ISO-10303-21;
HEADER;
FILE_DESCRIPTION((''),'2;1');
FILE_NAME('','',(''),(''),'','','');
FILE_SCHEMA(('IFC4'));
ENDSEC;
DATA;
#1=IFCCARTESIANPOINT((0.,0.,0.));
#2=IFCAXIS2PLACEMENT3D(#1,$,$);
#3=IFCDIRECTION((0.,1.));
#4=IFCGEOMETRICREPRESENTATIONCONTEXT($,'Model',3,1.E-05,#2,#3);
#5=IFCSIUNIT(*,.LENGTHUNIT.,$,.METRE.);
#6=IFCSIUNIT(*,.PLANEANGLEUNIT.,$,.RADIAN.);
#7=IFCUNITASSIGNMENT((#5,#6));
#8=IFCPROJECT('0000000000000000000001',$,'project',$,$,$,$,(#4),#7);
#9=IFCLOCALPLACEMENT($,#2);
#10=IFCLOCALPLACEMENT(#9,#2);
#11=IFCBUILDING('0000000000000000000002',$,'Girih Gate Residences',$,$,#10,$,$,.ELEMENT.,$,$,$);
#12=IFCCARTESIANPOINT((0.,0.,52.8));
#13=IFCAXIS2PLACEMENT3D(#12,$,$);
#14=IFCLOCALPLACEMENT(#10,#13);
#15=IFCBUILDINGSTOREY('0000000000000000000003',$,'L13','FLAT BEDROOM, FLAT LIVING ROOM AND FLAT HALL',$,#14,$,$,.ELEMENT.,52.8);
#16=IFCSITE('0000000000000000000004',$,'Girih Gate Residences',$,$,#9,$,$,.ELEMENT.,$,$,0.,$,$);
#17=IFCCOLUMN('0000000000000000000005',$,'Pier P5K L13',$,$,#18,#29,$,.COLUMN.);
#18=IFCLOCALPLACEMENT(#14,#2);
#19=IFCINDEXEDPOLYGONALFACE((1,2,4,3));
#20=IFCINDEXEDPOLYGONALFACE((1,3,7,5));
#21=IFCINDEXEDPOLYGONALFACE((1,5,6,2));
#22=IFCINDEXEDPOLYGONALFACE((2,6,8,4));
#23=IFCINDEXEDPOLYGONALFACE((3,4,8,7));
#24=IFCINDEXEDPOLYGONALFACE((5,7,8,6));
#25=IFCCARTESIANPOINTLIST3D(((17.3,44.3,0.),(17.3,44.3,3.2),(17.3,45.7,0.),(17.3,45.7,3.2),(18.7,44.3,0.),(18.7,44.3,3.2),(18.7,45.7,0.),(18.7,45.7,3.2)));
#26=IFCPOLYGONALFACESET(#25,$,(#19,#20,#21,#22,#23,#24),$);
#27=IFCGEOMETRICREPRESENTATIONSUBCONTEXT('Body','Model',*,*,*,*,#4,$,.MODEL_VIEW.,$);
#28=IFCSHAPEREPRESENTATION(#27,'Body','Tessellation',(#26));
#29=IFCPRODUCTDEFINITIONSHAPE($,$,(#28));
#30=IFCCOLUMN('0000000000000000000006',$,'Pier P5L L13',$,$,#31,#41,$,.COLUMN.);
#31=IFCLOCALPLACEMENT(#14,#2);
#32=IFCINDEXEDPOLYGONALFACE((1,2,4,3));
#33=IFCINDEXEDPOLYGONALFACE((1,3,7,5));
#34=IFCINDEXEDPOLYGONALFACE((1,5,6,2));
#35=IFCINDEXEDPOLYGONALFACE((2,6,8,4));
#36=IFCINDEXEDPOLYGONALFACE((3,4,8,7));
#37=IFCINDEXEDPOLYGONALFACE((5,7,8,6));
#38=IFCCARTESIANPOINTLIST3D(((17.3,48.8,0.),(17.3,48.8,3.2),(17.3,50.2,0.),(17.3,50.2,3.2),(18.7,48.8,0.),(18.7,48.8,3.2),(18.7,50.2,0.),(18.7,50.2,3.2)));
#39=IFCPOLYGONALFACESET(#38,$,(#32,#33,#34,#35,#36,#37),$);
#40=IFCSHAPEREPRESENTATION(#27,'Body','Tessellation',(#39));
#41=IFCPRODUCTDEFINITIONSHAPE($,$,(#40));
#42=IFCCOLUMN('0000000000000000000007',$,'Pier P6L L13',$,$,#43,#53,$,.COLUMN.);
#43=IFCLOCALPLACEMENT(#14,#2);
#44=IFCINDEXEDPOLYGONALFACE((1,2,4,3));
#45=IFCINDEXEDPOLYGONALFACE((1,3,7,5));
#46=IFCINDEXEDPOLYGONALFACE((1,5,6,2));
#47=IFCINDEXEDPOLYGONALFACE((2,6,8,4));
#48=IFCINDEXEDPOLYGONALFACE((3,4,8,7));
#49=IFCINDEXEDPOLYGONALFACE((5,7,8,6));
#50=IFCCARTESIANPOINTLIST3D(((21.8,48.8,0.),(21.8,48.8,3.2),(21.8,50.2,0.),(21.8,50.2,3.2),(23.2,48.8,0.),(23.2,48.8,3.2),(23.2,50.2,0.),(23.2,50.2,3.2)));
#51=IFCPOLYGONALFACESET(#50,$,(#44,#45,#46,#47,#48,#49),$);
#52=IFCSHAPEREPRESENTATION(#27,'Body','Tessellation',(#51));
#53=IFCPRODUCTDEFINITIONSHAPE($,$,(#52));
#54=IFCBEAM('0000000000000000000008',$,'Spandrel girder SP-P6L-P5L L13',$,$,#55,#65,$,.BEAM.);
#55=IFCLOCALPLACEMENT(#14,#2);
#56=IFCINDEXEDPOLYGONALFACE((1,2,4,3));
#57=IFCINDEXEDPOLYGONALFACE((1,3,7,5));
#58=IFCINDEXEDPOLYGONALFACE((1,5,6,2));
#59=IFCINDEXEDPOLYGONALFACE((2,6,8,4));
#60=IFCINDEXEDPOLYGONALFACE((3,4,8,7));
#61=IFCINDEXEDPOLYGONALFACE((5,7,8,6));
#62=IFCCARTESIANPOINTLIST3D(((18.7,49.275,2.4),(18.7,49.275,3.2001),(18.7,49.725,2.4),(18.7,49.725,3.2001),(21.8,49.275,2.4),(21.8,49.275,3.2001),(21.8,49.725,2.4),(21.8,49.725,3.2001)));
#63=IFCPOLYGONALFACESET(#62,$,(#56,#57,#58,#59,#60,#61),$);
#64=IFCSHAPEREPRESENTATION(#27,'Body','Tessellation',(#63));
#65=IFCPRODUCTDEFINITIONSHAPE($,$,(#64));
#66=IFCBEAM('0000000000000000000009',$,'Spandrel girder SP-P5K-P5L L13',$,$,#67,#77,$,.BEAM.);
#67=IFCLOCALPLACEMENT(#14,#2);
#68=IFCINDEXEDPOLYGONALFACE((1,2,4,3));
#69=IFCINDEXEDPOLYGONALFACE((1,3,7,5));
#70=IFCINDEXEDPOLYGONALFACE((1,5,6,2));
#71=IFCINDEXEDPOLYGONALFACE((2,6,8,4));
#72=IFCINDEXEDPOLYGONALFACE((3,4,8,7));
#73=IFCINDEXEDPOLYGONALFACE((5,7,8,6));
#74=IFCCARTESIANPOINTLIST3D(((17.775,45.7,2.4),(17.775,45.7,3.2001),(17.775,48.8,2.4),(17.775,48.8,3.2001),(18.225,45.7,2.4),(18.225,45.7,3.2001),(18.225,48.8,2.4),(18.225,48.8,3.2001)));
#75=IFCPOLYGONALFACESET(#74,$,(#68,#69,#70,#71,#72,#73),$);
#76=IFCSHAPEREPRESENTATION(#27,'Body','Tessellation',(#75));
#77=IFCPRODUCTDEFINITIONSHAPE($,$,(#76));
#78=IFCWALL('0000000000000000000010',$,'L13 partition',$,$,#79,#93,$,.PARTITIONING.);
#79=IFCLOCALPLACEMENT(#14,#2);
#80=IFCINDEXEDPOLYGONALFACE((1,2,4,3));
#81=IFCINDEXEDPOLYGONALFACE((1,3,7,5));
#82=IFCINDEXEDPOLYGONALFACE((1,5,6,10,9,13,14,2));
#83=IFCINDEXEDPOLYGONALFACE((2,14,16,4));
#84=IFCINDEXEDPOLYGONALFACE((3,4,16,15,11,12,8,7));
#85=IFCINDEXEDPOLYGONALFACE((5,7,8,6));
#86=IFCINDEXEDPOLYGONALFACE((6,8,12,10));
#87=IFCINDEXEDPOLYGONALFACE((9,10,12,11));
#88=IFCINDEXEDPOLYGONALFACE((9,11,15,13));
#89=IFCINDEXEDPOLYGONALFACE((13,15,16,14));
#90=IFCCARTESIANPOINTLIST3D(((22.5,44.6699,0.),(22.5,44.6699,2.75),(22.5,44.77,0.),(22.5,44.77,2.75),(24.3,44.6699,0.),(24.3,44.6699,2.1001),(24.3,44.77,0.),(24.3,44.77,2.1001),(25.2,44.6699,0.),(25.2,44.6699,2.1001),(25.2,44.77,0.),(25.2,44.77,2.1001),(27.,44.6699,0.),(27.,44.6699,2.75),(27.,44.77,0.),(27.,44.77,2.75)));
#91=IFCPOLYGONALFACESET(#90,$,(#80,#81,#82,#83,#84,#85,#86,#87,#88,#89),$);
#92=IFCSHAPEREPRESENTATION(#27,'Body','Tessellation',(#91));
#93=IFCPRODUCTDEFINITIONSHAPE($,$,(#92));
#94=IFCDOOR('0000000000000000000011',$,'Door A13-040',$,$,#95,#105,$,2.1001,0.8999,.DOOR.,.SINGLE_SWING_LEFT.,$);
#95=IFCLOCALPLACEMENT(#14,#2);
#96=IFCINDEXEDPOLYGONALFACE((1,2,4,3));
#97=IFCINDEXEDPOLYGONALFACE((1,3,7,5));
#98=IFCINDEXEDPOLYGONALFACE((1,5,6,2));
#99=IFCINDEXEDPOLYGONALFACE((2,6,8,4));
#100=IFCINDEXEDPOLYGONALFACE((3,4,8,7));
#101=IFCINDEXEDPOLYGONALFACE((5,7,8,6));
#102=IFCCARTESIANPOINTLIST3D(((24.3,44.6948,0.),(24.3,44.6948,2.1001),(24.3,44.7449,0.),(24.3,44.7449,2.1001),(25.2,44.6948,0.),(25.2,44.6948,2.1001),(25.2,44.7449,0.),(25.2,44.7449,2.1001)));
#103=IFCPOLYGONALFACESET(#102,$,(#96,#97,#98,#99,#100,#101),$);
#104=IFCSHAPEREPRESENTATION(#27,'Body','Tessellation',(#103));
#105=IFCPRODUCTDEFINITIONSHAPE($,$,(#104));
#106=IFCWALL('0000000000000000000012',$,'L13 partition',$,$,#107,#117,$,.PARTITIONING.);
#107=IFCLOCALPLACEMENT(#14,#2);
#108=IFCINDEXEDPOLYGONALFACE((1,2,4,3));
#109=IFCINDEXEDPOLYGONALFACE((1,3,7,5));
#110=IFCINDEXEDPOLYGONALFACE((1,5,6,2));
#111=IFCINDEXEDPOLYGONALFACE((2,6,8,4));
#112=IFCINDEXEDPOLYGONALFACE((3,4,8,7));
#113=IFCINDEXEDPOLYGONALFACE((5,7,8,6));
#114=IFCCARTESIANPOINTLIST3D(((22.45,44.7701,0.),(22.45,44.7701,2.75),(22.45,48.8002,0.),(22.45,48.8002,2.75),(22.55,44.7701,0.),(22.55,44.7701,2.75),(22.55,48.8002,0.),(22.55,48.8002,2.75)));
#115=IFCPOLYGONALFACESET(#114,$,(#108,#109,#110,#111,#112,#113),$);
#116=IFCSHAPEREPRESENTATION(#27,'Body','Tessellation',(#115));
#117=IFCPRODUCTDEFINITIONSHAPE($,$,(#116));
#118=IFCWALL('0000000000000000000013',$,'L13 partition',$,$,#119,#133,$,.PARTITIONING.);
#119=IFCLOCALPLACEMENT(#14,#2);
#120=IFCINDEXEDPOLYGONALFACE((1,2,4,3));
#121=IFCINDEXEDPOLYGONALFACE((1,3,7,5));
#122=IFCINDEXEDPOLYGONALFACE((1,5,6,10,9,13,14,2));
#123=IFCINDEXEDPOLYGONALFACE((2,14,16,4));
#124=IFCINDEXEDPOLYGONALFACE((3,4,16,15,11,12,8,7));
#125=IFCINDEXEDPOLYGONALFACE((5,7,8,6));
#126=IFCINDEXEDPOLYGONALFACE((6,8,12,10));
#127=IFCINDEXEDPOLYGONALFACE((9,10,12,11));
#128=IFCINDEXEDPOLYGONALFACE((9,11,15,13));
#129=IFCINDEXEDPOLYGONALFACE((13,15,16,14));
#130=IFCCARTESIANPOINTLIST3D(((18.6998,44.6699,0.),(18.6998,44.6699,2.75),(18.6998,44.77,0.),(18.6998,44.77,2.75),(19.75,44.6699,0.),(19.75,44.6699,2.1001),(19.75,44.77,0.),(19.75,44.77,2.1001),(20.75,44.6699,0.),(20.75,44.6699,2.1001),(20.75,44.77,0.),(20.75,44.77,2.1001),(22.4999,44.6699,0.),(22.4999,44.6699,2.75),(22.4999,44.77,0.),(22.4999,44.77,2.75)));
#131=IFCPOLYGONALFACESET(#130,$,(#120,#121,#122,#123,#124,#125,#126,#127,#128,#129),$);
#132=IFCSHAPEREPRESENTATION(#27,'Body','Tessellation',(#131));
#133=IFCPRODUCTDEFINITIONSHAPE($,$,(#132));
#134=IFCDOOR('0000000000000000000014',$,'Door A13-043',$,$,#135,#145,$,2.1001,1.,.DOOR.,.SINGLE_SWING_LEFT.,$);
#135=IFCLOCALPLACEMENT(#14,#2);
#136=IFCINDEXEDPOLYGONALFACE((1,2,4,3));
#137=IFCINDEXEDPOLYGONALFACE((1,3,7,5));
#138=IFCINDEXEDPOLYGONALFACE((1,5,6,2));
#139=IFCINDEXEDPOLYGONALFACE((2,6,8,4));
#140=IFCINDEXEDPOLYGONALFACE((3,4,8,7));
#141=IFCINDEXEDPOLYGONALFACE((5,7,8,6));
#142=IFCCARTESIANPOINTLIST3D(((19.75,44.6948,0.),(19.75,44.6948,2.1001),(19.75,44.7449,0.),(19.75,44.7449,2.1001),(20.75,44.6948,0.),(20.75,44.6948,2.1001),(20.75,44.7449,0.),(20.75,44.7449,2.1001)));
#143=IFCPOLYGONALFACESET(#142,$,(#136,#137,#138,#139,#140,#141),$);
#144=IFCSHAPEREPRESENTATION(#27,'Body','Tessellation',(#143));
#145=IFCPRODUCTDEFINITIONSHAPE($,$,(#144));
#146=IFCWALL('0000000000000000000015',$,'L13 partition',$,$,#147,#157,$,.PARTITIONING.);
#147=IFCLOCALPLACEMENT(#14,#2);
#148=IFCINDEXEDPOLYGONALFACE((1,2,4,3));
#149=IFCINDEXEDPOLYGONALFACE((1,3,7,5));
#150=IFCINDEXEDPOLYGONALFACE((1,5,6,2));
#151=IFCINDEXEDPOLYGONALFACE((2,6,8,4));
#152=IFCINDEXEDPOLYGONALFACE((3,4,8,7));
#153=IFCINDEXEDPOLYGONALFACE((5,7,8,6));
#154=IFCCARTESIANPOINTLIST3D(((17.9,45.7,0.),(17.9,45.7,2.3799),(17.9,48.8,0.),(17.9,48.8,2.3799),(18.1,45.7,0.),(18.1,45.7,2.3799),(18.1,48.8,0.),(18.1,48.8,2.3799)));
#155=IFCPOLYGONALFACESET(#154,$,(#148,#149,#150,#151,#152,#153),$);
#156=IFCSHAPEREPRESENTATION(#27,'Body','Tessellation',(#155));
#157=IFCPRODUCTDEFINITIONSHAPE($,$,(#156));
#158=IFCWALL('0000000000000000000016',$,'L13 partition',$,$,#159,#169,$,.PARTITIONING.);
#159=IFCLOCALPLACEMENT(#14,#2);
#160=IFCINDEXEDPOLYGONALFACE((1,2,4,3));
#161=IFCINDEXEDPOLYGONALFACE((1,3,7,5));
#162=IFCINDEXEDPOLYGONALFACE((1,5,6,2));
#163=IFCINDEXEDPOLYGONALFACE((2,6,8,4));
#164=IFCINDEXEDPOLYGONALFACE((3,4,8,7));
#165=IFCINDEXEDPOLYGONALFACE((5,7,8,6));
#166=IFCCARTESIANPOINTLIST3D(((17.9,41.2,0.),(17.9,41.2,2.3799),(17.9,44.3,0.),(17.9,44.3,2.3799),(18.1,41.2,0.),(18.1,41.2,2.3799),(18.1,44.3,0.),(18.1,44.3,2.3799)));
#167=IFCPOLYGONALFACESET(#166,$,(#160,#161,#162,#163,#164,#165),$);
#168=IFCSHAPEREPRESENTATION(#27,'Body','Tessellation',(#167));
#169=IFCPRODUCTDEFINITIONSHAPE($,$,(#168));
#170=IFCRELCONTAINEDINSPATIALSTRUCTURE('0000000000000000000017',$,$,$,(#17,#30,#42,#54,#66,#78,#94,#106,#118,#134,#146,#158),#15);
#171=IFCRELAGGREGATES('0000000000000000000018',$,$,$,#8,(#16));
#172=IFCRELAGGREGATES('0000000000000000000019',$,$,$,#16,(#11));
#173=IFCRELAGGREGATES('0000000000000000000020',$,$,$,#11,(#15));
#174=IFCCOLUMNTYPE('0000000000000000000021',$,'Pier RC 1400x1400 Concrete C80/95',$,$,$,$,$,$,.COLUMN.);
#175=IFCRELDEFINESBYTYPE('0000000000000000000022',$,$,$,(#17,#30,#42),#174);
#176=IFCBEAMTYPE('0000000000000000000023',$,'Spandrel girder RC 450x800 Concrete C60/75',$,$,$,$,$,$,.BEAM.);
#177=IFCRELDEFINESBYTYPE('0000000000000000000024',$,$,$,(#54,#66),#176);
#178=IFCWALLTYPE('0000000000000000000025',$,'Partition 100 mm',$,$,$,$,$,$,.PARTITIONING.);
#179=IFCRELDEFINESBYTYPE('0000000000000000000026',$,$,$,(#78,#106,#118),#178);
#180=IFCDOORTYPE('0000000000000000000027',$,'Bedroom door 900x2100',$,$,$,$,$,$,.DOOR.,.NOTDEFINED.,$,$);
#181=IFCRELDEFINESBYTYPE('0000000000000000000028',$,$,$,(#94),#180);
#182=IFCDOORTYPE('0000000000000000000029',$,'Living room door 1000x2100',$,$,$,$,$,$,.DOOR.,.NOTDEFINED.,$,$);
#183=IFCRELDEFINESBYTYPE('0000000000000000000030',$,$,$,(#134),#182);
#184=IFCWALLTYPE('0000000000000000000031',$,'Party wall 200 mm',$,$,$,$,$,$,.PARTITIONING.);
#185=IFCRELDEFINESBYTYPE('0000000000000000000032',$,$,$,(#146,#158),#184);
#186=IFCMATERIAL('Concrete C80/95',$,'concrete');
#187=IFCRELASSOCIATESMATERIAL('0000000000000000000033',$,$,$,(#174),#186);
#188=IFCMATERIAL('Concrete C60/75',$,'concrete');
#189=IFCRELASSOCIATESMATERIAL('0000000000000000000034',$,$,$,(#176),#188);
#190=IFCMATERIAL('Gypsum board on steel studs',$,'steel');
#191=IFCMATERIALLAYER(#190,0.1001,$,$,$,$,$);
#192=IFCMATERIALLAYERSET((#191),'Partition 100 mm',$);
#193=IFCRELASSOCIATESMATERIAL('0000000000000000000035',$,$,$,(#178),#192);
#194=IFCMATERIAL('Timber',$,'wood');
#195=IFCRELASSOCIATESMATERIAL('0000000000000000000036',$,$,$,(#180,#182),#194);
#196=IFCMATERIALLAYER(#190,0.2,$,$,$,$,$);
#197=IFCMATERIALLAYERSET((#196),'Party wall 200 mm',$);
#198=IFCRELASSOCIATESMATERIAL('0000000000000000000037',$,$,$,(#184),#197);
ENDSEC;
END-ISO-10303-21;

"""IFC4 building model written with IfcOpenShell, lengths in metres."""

from ifc_helpers import new_model, si_unit, direction, frame, frame_2d, origin, origin_2d, place, context, subcontext, project, spatial, rectangle, extrude, material, layer, layer_set, material_profile, profile_set, type_object, element, fill, save


model = new_model("IFC4")

# Units and contexts
model_context = context("Model", 3, precision=1e-05, world=origin(), true_north=direction((0.0, 1.0)))
body_context = subcontext(model_context, "Body", "Model", "MODEL_VIEW")
ifc_project = project(units=[si_unit("LENGTHUNIT", "METRE"), si_unit("PLANEANGLEUNIT", "RADIAN")], contexts=[model_context])

# Site, building, storey
site_placement = place(None, origin())
site = spatial("IfcSite", under=ifc_project, at=site_placement, Name="Girih Gate Residences", CompositionType="ELEMENT", RefElevation=0.0)
building_placement = place(site_placement, origin())
building = spatial("IfcBuilding", under=site, at=building_placement, Name="Girih Gate Residences", CompositionType="ELEMENT")
storey_placement = place(building_placement, frame((0.0, 0.0, 52.8)))
storey = spatial("IfcBuildingStorey", under=building, at=storey_placement, Name="L13", Description="FLAT BEDROOM, FLAT LIVING ROOM AND FLAT HALL", CompositionType="ELEMENT", Elevation=52.8)

# Columns
ifc_material_1 = material(Name="Concrete C80/95", Category="concrete")
ifc_material_profile_1 = material_profile(ifc_material_1, rectangle(XDim=1.3999, YDim=1.3999, at=origin_2d()))
ifc_profile_set_1 = profile_set([ifc_material_profile_1], Name="Concrete C80/95")
column_type = type_object("IfcColumnType", Name="Pier RC 1400x1400 Concrete C80/95", PredefinedType="COLUMN", material=ifc_profile_set_1)
for number, where, z_axis, x_axis, name in (
    (1, (18.0, 45.0, 0.0), (0.0, 0.0, 1.0), (1.0, 0.0, 0.0), "Pier P5K L13"),
    (2, (18.0, 49.5, 0.0), (0.0, 0.0, 1.0), (1.0, 0.0, 0.0), "Pier P5L L13"),
    (3, (22.5, 49.5, 0.0), (0.0, 0.0, 1.0), (1.0, 0.0, 0.0), "Pier P6L L13"),
):
    element("IfcColumn", number, at=place(storey_placement, frame(where, z_axis=z_axis, x_axis=x_axis)), inside=storey, type_object=column_type, Name=name, PredefinedType="COLUMN", context=body_context, shape_type="SweptSolid", body=[
        extrude(rectangle(XDim=1.3999, YDim=1.3999, at=origin_2d()), origin(), (0.0, 0.0, 1.0), 3.2),
    ])

# Beams
ifc_material_2 = material(Name="Concrete C60/75", Category="concrete")
ifc_material_profile_2 = material_profile(ifc_material_2, rectangle(XDim=0.45, YDim=0.8, at=origin_2d()))
ifc_profile_set_2 = profile_set([ifc_material_profile_2], Name="Concrete C60/75")
beam_type = type_object("IfcBeamType", Name="Spandrel girder RC 450x800 Concrete C60/75", PredefinedType="BEAM", material=ifc_profile_set_2)
for number, where, z_axis, x_axis, name in (
    (4, (21.8, 49.5, 2.8), (-1.0, 0.0, 0.0), (0.0, -1.0, 0.0), "Spandrel girder SP-P6L-P5L L13"),
    (5, (18.0, 45.7, 2.8), (0.0, 1.0, 0.0), (-1.0, 0.0, 0.0), "Spandrel girder SP-P5K-P5L L13"),
):
    element("IfcBeam", number, at=place(storey_placement, frame(where, z_axis=z_axis, x_axis=x_axis)), inside=storey, type_object=beam_type, Name=name, PredefinedType="BEAM", context=body_context, shape_type="SweptSolid", body=[
        extrude(rectangle(XDim=0.45, YDim=0.8, at=origin_2d()), origin(), (0.0, 0.0, 1.0), 3.1001),
    ])

# Wall, opening, door
ifc_material_3 = material(Name="Gypsum board on steel studs", Category="steel")
ifc_layer_1 = layer(ifc_material_3, 0.1001)
ifc_layer_set_1 = layer_set([ifc_layer_1], Name="Partition 100 mm")
wall_type_1 = type_object("IfcWallType", Name="Partition 100 mm", PredefinedType="PARTITIONING", material=ifc_layer_set_1)
wall_1_placement = place(storey_placement, frame((22.5, 44.72, 0.0), z_axis=(0.0, 0.0, 1.0), x_axis=(1.0, 0.0, 0.0)))
wall_1 = element("IfcWall", 6, at=wall_1_placement, inside=storey, type_object=wall_type_1, Name="L13 partition", PredefinedType="PARTITIONING", context=body_context, shape_type="SweptSolid", body=[
    extrude(rectangle(XDim=4.5, YDim=0.1001, at=frame_2d((2.25, 0.0))), origin(), (0.0, 0.0, 1.0), 2.75),
])
opening_1_placement = place(wall_1_placement, frame((1.8, 0.0, 0.0)))
opening_1 = element("IfcOpeningElement", 7, at=opening_1_placement, cuts=wall_1, PredefinedType="OPENING", context=body_context, shape_type="SweptSolid", body=[
    extrude(rectangle(XDim=0.8999, YDim=2.1001, at=frame_2d((0.45, 1.05))), frame((0.0, 0.0601, 0.0), z_axis=(0.0, -1.0, 0.0), x_axis=(1.0, 0.0, 0.0)), (0.0, 0.0, 1.0), 0.1201),
])
ifc_material_4 = material(Name="Timber", Category="wood")
door_type_1 = type_object("IfcDoorType", Name="Bedroom door 900x2100", OperationType="NOTDEFINED", PredefinedType="DOOR", material=ifc_material_4)
door_1_placement = place(opening_1_placement, origin())
door_1 = element("IfcDoor", 8, at=door_1_placement, inside=storey, type_object=door_type_1, Name="Door A13-040", OperationType="SINGLE_SWING_LEFT", OverallHeight=2.1001, OverallWidth=0.8999, PredefinedType="DOOR", context=body_context, shape_type="SweptSolid", body=[
    extrude(rectangle(XDim=0.8999, YDim=2.1001, at=frame_2d((0.45, 1.05))), frame((0.0, 0.0249, 0.0), z_axis=(0.0, -1.0, 0.0), x_axis=(1.0, 0.0, 0.0)), (0.0, 0.0, 1.0), 0.05),
])
fill(opening_1, door_1)

# Wall
wall_2_placement = place(storey_placement, frame((22.5, 44.77, 0.0), z_axis=(0.0, 0.0, 1.0), x_axis=(0.0, 1.0, 0.0)))
element("IfcWall", 9, at=wall_2_placement, inside=storey, type_object=wall_type_1, Name="L13 partition", PredefinedType="PARTITIONING", context=body_context, shape_type="SweptSolid", body=[
    extrude(rectangle(XDim=4.03, YDim=0.1001, at=frame_2d((2.0151, 0.0))), origin(), (0.0, 0.0, 1.0), 2.75),
])

# Wall, opening, door
wall_3_placement = place(storey_placement, frame((18.7, 44.72, 0.0), z_axis=(0.0, 0.0, 1.0), x_axis=(1.0, 0.0, 0.0)))
wall_3 = element("IfcWall", 10, at=wall_3_placement, inside=storey, type_object=wall_type_1, Name="L13 partition", PredefinedType="PARTITIONING", context=body_context, shape_type="SweptSolid", body=[
    extrude(rectangle(XDim=3.8, YDim=0.1001, at=frame_2d((1.8999, 0.0))), origin(), (0.0, 0.0, 1.0), 2.75),
])
opening_2_placement = place(wall_3_placement, frame((1.05, 0.0, 0.0)))
opening_2 = element("IfcOpeningElement", 11, at=opening_2_placement, cuts=wall_3, PredefinedType="OPENING", context=body_context, shape_type="SweptSolid", body=[
    extrude(rectangle(XDim=1.0, YDim=2.1001, at=frame_2d((0.5, 1.05))), frame((0.0, 0.0601, 0.0), z_axis=(0.0, -1.0, 0.0), x_axis=(1.0, 0.0, 0.0)), (0.0, 0.0, 1.0), 0.1201),
])
door_type_2 = type_object("IfcDoorType", Name="Living room door 1000x2100", OperationType="NOTDEFINED", PredefinedType="DOOR", material=ifc_material_4)
door_2_placement = place(opening_2_placement, origin())
door_2 = element("IfcDoor", 12, at=door_2_placement, inside=storey, type_object=door_type_2, Name="Door A13-043", OperationType="SINGLE_SWING_LEFT", OverallHeight=2.1001, OverallWidth=1.0, PredefinedType="DOOR", context=body_context, shape_type="SweptSolid", body=[
    extrude(rectangle(XDim=1.0, YDim=2.1001, at=frame_2d((0.5, 1.05))), frame((0.0, 0.0249, 0.0), z_axis=(0.0, -1.0, 0.0), x_axis=(1.0, 0.0, 0.0)), (0.0, 0.0, 1.0), 0.05),
])
fill(opening_2, door_2)

# Walls
ifc_layer_2 = layer(ifc_material_3, 0.2)
ifc_layer_set_2 = layer_set([ifc_layer_2], Name="Party wall 200 mm")
wall_type_2 = type_object("IfcWallType", Name="Party wall 200 mm", PredefinedType="PARTITIONING", material=ifc_layer_set_2)
for number, where, z_axis, x_axis, name in (
    (13, (18.0, 45.7, 0.0), (0.0, 0.0, 1.0), (0.0, 1.0, 0.0), "L13 partition"),
    (14, (18.0, 41.2, 0.0), (0.0, 0.0, 1.0), (0.0, 1.0, 0.0), "L13 partition"),
):
    element("IfcWall", number, at=place(storey_placement, frame(where, z_axis=z_axis, x_axis=x_axis)), inside=storey, type_object=wall_type_2, Name=name, PredefinedType="PARTITIONING", context=body_context, shape_type="SweptSolid", body=[
        extrude(rectangle(XDim=3.1001, YDim=0.2, at=frame_2d((1.55, 0.0))), origin(), (0.0, 0.0, 1.0), 2.3799),
    ])

save(model, "model.ifc")
